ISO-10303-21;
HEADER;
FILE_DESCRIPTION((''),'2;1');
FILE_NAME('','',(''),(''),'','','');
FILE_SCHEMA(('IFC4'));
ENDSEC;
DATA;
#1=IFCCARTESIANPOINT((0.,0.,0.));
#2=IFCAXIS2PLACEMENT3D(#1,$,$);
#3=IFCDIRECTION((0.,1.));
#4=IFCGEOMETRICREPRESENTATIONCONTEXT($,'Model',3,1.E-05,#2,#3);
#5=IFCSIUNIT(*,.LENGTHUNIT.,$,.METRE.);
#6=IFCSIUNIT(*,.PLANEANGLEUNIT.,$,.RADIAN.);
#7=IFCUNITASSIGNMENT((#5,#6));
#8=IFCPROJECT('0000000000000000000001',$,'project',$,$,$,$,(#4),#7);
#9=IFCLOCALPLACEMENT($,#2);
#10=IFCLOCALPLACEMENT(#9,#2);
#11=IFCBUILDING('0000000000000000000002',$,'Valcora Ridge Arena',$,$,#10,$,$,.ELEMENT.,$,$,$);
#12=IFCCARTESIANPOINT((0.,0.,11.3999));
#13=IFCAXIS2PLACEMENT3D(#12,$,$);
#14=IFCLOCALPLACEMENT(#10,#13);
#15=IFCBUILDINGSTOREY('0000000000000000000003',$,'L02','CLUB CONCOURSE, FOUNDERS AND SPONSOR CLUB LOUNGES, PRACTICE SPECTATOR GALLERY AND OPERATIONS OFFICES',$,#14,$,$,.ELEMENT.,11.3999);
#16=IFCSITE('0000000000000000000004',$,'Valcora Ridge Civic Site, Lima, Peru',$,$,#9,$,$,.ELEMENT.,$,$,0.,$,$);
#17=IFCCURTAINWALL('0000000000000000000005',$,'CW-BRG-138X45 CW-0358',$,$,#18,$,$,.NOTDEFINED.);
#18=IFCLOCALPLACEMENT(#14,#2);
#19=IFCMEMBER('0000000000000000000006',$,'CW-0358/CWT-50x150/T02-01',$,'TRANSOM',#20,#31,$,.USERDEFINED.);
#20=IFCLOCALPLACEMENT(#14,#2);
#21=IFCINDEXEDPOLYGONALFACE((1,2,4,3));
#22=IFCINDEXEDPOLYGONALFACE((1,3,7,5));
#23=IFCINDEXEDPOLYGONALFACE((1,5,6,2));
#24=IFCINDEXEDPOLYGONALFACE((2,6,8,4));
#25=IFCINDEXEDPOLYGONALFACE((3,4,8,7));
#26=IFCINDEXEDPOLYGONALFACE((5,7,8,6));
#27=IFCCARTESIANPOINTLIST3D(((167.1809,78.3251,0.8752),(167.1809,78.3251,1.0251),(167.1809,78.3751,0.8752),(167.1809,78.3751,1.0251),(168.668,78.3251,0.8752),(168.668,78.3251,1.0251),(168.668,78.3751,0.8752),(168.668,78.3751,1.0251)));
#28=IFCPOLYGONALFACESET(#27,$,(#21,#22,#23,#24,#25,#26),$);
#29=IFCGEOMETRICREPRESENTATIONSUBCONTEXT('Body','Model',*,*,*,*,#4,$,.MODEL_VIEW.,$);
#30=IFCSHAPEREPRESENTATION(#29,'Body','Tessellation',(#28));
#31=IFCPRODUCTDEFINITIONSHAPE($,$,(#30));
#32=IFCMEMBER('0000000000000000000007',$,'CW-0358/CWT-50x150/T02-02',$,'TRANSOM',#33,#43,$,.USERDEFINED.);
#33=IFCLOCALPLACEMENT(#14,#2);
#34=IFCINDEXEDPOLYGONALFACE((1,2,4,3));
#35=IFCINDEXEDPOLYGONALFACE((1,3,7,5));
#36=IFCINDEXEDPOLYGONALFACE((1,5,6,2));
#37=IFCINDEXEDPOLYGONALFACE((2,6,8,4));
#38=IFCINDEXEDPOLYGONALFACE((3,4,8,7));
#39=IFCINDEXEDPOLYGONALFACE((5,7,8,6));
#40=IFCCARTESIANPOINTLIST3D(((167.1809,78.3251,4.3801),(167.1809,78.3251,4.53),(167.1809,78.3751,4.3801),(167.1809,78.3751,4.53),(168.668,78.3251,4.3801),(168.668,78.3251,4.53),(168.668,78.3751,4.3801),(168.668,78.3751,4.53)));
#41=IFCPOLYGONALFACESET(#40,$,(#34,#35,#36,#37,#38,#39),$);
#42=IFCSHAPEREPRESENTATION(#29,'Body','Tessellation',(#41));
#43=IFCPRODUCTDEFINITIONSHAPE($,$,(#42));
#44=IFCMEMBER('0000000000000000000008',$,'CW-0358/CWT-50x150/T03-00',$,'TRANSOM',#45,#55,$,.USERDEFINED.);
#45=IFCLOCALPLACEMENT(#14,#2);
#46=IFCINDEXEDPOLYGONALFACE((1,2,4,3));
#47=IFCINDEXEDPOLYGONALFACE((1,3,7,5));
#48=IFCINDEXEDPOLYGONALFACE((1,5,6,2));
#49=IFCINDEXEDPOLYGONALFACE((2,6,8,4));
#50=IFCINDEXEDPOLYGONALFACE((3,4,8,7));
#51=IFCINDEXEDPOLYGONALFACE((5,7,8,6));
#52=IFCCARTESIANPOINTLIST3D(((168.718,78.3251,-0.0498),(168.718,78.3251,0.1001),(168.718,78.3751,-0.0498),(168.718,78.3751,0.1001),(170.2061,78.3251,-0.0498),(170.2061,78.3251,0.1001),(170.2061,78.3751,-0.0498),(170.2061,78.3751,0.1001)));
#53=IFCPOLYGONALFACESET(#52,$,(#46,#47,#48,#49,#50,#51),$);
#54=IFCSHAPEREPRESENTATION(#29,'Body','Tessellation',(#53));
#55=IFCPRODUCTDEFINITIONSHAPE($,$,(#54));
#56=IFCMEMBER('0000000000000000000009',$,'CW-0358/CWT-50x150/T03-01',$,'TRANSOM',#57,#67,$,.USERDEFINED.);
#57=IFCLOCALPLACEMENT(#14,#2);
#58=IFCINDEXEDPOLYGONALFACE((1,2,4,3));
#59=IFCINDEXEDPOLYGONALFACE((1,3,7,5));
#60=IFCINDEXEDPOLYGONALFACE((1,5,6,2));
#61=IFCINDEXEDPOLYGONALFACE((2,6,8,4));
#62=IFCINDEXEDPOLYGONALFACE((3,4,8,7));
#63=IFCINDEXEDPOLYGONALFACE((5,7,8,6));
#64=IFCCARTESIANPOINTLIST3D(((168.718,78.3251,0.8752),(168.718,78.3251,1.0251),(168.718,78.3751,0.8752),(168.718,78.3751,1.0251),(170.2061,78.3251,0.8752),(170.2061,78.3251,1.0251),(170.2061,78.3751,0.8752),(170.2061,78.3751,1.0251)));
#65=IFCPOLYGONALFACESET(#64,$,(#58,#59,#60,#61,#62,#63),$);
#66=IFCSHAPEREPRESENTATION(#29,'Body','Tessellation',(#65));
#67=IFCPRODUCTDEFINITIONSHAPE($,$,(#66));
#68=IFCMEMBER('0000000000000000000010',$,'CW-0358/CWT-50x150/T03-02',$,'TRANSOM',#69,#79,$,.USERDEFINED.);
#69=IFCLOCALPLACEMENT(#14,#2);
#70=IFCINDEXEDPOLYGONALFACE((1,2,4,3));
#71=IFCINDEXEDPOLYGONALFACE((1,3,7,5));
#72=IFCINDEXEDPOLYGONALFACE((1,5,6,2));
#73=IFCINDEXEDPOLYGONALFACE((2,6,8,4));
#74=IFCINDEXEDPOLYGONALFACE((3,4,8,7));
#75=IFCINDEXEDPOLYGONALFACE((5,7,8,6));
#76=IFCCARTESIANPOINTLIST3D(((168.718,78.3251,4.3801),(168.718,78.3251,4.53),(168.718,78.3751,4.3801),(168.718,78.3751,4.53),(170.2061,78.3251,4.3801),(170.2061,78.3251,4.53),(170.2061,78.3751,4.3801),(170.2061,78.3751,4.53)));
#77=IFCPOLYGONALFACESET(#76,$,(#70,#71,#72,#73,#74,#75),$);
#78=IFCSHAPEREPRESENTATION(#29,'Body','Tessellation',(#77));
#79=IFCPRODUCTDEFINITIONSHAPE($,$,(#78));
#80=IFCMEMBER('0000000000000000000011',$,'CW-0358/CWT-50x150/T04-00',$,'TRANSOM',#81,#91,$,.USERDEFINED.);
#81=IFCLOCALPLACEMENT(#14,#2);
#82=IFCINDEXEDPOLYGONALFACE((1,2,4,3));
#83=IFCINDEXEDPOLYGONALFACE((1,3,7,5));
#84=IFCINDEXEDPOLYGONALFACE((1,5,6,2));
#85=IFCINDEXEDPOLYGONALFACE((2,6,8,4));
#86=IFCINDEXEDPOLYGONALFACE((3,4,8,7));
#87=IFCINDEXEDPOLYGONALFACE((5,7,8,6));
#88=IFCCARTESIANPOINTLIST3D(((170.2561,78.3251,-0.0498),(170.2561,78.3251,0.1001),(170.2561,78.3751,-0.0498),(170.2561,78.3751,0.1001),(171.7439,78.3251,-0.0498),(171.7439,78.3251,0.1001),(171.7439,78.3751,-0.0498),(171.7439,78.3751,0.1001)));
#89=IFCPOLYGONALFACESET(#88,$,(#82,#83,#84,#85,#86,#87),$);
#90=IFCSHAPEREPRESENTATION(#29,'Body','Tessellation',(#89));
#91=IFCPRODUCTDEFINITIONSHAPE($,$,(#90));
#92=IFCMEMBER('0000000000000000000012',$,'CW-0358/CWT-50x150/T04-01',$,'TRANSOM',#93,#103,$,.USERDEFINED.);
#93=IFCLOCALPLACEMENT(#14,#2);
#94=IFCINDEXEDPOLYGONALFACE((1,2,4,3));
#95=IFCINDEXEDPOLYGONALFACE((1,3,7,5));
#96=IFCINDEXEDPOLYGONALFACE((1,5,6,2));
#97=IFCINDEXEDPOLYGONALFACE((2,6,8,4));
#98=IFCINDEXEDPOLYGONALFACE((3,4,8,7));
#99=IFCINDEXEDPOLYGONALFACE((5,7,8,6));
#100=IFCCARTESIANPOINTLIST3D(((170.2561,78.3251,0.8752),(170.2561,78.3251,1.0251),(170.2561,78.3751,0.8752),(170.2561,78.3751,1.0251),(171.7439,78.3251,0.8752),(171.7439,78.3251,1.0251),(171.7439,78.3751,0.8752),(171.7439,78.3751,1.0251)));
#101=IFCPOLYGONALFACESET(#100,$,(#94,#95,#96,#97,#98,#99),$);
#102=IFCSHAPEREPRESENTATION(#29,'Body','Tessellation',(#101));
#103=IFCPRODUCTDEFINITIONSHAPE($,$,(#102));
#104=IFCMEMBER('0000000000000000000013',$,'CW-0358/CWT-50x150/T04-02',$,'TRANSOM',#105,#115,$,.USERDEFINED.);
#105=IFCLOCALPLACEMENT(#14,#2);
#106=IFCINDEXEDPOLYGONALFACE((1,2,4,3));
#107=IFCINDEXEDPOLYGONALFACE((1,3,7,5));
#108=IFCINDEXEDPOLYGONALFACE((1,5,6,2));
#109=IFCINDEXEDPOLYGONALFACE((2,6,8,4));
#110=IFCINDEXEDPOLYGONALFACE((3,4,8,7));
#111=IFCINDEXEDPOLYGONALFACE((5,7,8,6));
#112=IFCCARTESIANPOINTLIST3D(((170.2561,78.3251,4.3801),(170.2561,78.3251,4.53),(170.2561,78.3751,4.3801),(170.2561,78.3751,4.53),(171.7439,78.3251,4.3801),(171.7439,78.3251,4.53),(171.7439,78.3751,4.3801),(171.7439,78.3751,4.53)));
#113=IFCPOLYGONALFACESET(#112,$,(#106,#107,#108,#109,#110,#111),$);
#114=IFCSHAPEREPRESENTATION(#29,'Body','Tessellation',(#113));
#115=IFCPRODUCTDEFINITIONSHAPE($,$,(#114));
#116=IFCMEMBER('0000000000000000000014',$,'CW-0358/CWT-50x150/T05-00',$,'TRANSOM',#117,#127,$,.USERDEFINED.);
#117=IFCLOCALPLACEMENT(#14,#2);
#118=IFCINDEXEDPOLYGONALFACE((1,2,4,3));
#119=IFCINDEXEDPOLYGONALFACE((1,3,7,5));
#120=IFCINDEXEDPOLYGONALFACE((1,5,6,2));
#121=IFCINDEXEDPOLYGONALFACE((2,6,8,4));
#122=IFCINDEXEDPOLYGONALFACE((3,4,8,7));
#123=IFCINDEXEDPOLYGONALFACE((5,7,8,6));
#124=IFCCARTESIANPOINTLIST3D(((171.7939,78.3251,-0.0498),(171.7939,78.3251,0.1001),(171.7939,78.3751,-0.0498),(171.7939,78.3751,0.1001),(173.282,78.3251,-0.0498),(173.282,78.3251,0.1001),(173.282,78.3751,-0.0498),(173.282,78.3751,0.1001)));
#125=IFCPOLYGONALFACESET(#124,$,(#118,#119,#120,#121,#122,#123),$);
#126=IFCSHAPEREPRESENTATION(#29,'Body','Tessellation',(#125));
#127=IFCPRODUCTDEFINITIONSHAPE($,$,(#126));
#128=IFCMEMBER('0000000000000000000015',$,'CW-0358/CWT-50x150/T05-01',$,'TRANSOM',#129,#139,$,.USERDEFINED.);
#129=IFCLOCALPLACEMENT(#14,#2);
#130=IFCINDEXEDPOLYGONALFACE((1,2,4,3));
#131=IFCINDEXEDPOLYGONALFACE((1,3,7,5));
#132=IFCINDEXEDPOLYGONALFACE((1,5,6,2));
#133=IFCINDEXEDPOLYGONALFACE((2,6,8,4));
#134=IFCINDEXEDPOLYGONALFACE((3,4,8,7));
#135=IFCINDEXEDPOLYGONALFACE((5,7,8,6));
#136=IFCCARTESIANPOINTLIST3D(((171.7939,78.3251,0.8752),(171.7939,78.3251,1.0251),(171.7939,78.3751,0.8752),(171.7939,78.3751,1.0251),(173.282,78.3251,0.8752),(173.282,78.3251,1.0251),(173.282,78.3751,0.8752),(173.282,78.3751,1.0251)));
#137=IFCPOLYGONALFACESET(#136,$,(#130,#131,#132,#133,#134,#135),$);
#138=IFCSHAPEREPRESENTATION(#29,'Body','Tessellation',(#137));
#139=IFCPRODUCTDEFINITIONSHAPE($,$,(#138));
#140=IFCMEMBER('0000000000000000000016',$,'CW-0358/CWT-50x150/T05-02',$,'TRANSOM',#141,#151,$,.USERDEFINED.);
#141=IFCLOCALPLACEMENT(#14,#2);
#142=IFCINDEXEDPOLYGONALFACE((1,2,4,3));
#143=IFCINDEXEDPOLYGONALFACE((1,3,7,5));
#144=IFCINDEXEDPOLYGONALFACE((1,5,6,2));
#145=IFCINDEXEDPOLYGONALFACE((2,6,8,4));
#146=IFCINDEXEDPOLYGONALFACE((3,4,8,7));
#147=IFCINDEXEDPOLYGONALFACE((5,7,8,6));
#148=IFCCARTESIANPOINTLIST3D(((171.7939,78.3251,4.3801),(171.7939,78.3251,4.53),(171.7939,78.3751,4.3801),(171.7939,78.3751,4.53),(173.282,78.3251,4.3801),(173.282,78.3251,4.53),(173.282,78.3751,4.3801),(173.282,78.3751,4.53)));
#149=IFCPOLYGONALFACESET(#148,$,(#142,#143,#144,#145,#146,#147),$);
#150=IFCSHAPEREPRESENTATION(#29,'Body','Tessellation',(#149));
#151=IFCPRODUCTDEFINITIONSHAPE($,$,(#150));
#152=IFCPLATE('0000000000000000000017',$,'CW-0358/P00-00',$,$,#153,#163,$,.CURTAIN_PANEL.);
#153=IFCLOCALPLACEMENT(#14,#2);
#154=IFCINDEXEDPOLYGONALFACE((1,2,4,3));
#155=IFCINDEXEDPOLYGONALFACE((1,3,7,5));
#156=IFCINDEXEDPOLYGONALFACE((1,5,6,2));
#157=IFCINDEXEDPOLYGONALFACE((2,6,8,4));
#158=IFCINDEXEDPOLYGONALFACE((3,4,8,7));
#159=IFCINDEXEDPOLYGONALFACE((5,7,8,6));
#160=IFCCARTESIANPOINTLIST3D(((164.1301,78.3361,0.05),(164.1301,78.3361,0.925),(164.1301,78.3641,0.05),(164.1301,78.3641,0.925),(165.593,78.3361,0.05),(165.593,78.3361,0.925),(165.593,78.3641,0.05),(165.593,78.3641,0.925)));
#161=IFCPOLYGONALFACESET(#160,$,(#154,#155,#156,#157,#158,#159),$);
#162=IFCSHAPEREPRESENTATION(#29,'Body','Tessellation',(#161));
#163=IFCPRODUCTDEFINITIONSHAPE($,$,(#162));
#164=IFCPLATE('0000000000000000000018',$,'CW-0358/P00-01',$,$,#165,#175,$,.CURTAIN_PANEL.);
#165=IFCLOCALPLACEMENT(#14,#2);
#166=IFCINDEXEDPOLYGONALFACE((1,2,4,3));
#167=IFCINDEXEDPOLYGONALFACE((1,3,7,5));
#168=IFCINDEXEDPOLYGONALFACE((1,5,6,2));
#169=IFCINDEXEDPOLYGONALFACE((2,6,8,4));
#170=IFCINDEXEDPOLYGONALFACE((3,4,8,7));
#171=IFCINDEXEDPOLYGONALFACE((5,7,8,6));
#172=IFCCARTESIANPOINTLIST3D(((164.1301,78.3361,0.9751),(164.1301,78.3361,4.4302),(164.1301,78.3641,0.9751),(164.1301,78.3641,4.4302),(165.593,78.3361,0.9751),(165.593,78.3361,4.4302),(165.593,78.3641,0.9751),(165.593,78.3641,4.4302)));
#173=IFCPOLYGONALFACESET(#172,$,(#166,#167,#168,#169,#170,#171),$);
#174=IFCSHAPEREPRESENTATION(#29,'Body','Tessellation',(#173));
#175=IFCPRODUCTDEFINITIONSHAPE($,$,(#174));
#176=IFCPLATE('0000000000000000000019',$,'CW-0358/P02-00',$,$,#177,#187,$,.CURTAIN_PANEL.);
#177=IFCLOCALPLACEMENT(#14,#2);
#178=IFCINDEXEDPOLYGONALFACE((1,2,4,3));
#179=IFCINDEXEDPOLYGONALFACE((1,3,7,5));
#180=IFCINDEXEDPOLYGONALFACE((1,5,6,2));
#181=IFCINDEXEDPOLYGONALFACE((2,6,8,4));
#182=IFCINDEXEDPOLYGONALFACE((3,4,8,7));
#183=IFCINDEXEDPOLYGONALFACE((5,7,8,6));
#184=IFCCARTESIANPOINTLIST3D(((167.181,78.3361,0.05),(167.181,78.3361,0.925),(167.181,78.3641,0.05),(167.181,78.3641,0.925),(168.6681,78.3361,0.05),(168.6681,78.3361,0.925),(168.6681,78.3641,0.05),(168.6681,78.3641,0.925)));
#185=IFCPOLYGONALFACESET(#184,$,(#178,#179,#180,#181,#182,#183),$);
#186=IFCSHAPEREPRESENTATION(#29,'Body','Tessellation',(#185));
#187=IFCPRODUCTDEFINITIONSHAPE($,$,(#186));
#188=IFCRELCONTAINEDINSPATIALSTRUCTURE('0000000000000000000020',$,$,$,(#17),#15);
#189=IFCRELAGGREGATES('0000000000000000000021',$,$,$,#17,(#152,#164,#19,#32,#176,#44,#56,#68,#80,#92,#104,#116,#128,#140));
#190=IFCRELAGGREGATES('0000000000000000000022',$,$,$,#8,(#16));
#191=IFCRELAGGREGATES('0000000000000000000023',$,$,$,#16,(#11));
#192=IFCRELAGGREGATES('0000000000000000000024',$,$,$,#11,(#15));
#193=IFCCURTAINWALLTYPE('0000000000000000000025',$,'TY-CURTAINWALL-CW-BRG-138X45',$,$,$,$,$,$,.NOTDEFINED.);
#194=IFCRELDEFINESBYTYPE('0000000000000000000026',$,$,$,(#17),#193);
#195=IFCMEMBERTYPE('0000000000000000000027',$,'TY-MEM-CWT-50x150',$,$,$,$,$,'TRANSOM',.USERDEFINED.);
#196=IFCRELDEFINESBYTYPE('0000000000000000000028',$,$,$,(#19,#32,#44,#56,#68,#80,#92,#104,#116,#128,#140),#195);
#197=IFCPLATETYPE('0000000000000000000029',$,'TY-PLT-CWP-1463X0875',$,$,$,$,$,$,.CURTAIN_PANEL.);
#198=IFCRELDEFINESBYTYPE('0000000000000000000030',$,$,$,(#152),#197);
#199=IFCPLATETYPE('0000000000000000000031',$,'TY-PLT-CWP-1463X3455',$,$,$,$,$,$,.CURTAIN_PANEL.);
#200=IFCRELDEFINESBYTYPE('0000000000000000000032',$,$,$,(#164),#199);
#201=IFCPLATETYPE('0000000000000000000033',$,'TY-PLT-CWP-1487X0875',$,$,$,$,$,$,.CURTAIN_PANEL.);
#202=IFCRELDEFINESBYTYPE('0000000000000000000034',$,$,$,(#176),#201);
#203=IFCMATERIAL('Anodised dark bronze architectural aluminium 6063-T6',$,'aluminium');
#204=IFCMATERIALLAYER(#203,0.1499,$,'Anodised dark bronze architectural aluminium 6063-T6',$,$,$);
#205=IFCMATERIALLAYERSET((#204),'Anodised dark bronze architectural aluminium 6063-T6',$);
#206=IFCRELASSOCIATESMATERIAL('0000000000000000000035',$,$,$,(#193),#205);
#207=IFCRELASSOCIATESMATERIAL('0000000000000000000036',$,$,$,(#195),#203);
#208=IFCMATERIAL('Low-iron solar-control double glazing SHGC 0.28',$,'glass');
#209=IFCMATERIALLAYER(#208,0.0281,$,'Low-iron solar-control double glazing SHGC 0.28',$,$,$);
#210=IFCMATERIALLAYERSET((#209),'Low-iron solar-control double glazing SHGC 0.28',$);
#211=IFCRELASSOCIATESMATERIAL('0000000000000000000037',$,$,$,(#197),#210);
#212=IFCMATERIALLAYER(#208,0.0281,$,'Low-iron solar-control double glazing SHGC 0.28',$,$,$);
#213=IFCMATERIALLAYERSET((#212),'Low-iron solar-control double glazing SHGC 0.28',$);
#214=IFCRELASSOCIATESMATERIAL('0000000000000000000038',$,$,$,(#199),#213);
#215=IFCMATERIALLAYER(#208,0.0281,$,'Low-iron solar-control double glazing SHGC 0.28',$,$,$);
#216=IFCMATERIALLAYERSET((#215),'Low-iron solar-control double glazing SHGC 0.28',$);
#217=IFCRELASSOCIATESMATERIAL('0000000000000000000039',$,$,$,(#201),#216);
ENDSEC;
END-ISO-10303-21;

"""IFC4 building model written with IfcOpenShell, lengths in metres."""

from ifc_helpers import new_model, si_unit, direction, frame, origin, origin_2d, place, context, subcontext, project, spatial, rectangle, extrude, material, layer, layer_set, material_profile, profile_set, type_object, element, aggregate, save


model = new_model("IFC4")

# Units and contexts
model_context = context("Model", 3, precision=1e-05, world=origin(), true_north=direction((0.0, 1.0)))
body_context = subcontext(model_context, "Body", "Model", "MODEL_VIEW")
ifc_project = project(units=[si_unit("LENGTHUNIT", "METRE"), si_unit("PLANEANGLEUNIT", "RADIAN")], contexts=[model_context])

# Site, building, storey
site_placement = place(None, origin())
site = spatial("IfcSite", under=ifc_project, at=site_placement, Name="Valcora Ridge Civic Site, Lima, Peru", CompositionType="ELEMENT", RefElevation=0.0)
building_placement = place(site_placement, origin())
building = spatial("IfcBuilding", under=site, at=building_placement, Name="Valcora Ridge Arena", CompositionType="ELEMENT")
storey_placement = place(building_placement, frame((0.0, 0.0, 11.3999)))
storey = spatial("IfcBuildingStorey", under=building, at=storey_placement, Name="L02", Description="CLUB CONCOURSE, FOUNDERS AND SPONSOR CLUB LOUNGES, PRACTICE SPECTATOR GALLERY AND OPERATIONS OFFICES", CompositionType="ELEMENT", Elevation=11.3999)

# Curtain wall
ifc_material_1 = material(Name="Anodised dark bronze architectural aluminium 6063-T6", Category="aluminium")
ifc_layer_1 = layer(ifc_material_1, 0.1499, Name="Anodised dark bronze architectural aluminium 6063-T6")
ifc_layer_set_1 = layer_set([ifc_layer_1], Name="Anodised dark bronze architectural aluminium 6063-T6")
curtain_wall_type_1 = type_object("IfcCurtainWallType", Name="TY-CURTAINWALL-CW-BRG-138X45", PredefinedType="NOTDEFINED", material=ifc_layer_set_1)
curtain_wall_1_placement = place(storey_placement, origin())
curtain_wall_1 = element("IfcCurtainWall", 1, at=curtain_wall_1_placement, inside=storey, type_object=curtain_wall_type_1, Name="CW-BRG-138X45 CW-0358", PredefinedType="NOTDEFINED")

# Members
ifc_material_profile_1 = material_profile(ifc_material_1, rectangle(XDim=0.05, YDim=0.1499, at=origin_2d()), Name="ALU TRANSOM 50x150")
ifc_profile_set_1 = profile_set([ifc_material_profile_1], Name="Anodised dark bronze architectural aluminium 6063-T6")
member_type_1 = type_object("IfcMemberType", Name="TY-MEM-CWT-50x150", ElementType="TRANSOM", PredefinedType="USERDEFINED", material=ifc_profile_set_1)
member_1_placement = place(storey_placement, frame((167.1809, 78.3501, 0.9502), z_axis=(1.0, 0.0, 0.0), x_axis=(0.0, 1.0, 0.0)))
member_1 = element("IfcMember", 2, at=member_1_placement, type_object=member_type_1, Name="CW-0358/CWT-50x150/T02-01", ObjectType="TRANSOM", PredefinedType="USERDEFINED", context=body_context, shape_type="SweptSolid", body=[
    extrude(rectangle(XDim=0.05, YDim=0.1499, at=origin_2d()), origin(), (0.0, 0.0, 1.0), 1.4871),
])
member_2_placement = place(storey_placement, frame((167.1809, 78.3501, 4.4551), z_axis=(1.0, 0.0, 0.0), x_axis=(0.0, 1.0, 0.0)))
member_2 = element("IfcMember", 3, at=member_2_placement, type_object=member_type_1, Name="CW-0358/CWT-50x150/T02-02", ObjectType="TRANSOM", PredefinedType="USERDEFINED", context=body_context, shape_type="SweptSolid", body=[
    extrude(rectangle(XDim=0.05, YDim=0.1499, at=origin_2d()), origin(), (0.0, 0.0, 1.0), 1.4871),
])
member_3_placement = place(storey_placement, frame((168.718, 78.3501, 0.0251), z_axis=(1.0, 0.0, 0.0), x_axis=(0.0, 1.0, 0.0)))
member_3 = element("IfcMember", 4, at=member_3_placement, type_object=member_type_1, Name="CW-0358/CWT-50x150/T03-00", ObjectType="TRANSOM", PredefinedType="USERDEFINED", context=body_context, shape_type="SweptSolid", body=[
    extrude(rectangle(XDim=0.05, YDim=0.1499, at=origin_2d()), origin(), (0.0, 0.0, 1.0), 1.488),
])
member_4_placement = place(storey_placement, frame((168.718, 78.3501, 0.9502), z_axis=(1.0, 0.0, 0.0), x_axis=(0.0, 1.0, 0.0)))
member_4 = element("IfcMember", 5, at=member_4_placement, type_object=member_type_1, Name="CW-0358/CWT-50x150/T03-01", ObjectType="TRANSOM", PredefinedType="USERDEFINED", context=body_context, shape_type="SweptSolid", body=[
    extrude(rectangle(XDim=0.05, YDim=0.1499, at=origin_2d()), origin(), (0.0, 0.0, 1.0), 1.488),
])
member_5_placement = place(storey_placement, frame((168.718, 78.3501, 4.4551), z_axis=(1.0, 0.0, 0.0), x_axis=(0.0, 1.0, 0.0)))
member_5 = element("IfcMember", 6, at=member_5_placement, type_object=member_type_1, Name="CW-0358/CWT-50x150/T03-02", ObjectType="TRANSOM", PredefinedType="USERDEFINED", context=body_context, shape_type="SweptSolid", body=[
    extrude(rectangle(XDim=0.05, YDim=0.1499, at=origin_2d()), origin(), (0.0, 0.0, 1.0), 1.488),
])
member_6_placement = place(storey_placement, frame((170.2561, 78.3501, 0.0251), z_axis=(1.0, 0.0, 0.0), x_axis=(0.0, 1.0, 0.0)))
member_6 = element("IfcMember", 7, at=member_6_placement, type_object=member_type_1, Name="CW-0358/CWT-50x150/T04-00", ObjectType="TRANSOM", PredefinedType="USERDEFINED", context=body_context, shape_type="SweptSolid", body=[
    extrude(rectangle(XDim=0.05, YDim=0.1499, at=origin_2d()), origin(), (0.0, 0.0, 1.0), 1.4878),
])
member_7_placement = place(storey_placement, frame((170.2561, 78.3501, 0.9502), z_axis=(1.0, 0.0, 0.0), x_axis=(0.0, 1.0, 0.0)))
member_7 = element("IfcMember", 8, at=member_7_placement, type_object=member_type_1, Name="CW-0358/CWT-50x150/T04-01", ObjectType="TRANSOM", PredefinedType="USERDEFINED", context=body_context, shape_type="SweptSolid", body=[
    extrude(rectangle(XDim=0.05, YDim=0.1499, at=origin_2d()), origin(), (0.0, 0.0, 1.0), 1.4878),
])
member_8_placement = place(storey_placement, frame((170.2561, 78.3501, 4.4551), z_axis=(1.0, 0.0, 0.0), x_axis=(0.0, 1.0, 0.0)))
member_8 = element("IfcMember", 9, at=member_8_placement, type_object=member_type_1, Name="CW-0358/CWT-50x150/T04-02", ObjectType="TRANSOM", PredefinedType="USERDEFINED", context=body_context, shape_type="SweptSolid", body=[
    extrude(rectangle(XDim=0.05, YDim=0.1499, at=origin_2d()), origin(), (0.0, 0.0, 1.0), 1.4878),
])
member_9_placement = place(storey_placement, frame((171.7939, 78.3501, 0.0251), z_axis=(1.0, 0.0, 0.0), x_axis=(0.0, 1.0, 0.0)))
member_9 = element("IfcMember", 10, at=member_9_placement, type_object=member_type_1, Name="CW-0358/CWT-50x150/T05-00", ObjectType="TRANSOM", PredefinedType="USERDEFINED", context=body_context, shape_type="SweptSolid", body=[
    extrude(rectangle(XDim=0.05, YDim=0.1499, at=origin_2d()), origin(), (0.0, 0.0, 1.0), 1.488),
])
member_10_placement = place(storey_placement, frame((171.7939, 78.3501, 0.9502), z_axis=(1.0, 0.0, 0.0), x_axis=(0.0, 1.0, 0.0)))
member_10 = element("IfcMember", 11, at=member_10_placement, type_object=member_type_1, Name="CW-0358/CWT-50x150/T05-01", ObjectType="TRANSOM", PredefinedType="USERDEFINED", context=body_context, shape_type="SweptSolid", body=[
    extrude(rectangle(XDim=0.05, YDim=0.1499, at=origin_2d()), origin(), (0.0, 0.0, 1.0), 1.488),
])
member_11_placement = place(storey_placement, frame((171.7939, 78.3501, 4.4551), z_axis=(1.0, 0.0, 0.0), x_axis=(0.0, 1.0, 0.0)))
member_11 = element("IfcMember", 12, at=member_11_placement, type_object=member_type_1, Name="CW-0358/CWT-50x150/T05-02", ObjectType="TRANSOM", PredefinedType="USERDEFINED", context=body_context, shape_type="SweptSolid", body=[
    extrude(rectangle(XDim=0.05, YDim=0.1499, at=origin_2d()), origin(), (0.0, 0.0, 1.0), 1.488),
])

# Plates
ifc_material_2 = material(Name="Low-iron solar-control double glazing SHGC 0.28", Category="glass")
ifc_layer_2 = layer(ifc_material_2, 0.0281, Name="Low-iron solar-control double glazing SHGC 0.28")
ifc_layer_set_2 = layer_set([ifc_layer_2], Name="Low-iron solar-control double glazing SHGC 0.28")
plate_type_1 = type_object("IfcPlateType", Name="TY-PLT-CWP-1463X0875", PredefinedType="CURTAIN_PANEL", material=ifc_layer_set_2)
plate_1_placement = place(storey_placement, frame((164.8616, 78.3501, 0.05), z_axis=(0.0, 0.0, 1.0), x_axis=(1.0, 0.0, 0.0)))
plate_1 = element("IfcPlate", 13, at=plate_1_placement, type_object=plate_type_1, Name="CW-0358/P00-00", PredefinedType="CURTAIN_PANEL", context=body_context, shape_type="SweptSolid", body=[
    extrude(rectangle(XDim=1.4629, YDim=0.0281, at=origin_2d()), origin(), (0.0, 0.0, 1.0), 0.875),
])
ifc_layer_3 = layer(ifc_material_2, 0.0281, Name="Low-iron solar-control double glazing SHGC 0.28")
ifc_layer_set_3 = layer_set([ifc_layer_3], Name="Low-iron solar-control double glazing SHGC 0.28")
plate_type_2 = type_object("IfcPlateType", Name="TY-PLT-CWP-1463X3455", PredefinedType="CURTAIN_PANEL", material=ifc_layer_set_3)
plate_2_placement = place(storey_placement, frame((164.8616, 78.3501, 0.9751), z_axis=(0.0, 0.0, 1.0), x_axis=(1.0, 0.0, 0.0)))
plate_2 = element("IfcPlate", 14, at=plate_2_placement, type_object=plate_type_2, Name="CW-0358/P00-01", PredefinedType="CURTAIN_PANEL", context=body_context, shape_type="SweptSolid", body=[
    extrude(rectangle(XDim=1.4629, YDim=0.0281, at=origin_2d()), origin(), (0.0, 0.0, 1.0), 3.4551),
])
ifc_layer_4 = layer(ifc_material_2, 0.0281, Name="Low-iron solar-control double glazing SHGC 0.28")
ifc_layer_set_4 = layer_set([ifc_layer_4], Name="Low-iron solar-control double glazing SHGC 0.28")
plate_type_3 = type_object("IfcPlateType", Name="TY-PLT-CWP-1487X0875", PredefinedType="CURTAIN_PANEL", material=ifc_layer_set_4)
plate_3_placement = place(storey_placement, frame((167.9246, 78.3501, 0.05), z_axis=(0.0, 0.0, 1.0), x_axis=(1.0, 0.0, 0.0)))
plate_3 = element("IfcPlate", 15, at=plate_3_placement, type_object=plate_type_3, Name="CW-0358/P02-00", PredefinedType="CURTAIN_PANEL", context=body_context, shape_type="SweptSolid", body=[
    extrude(rectangle(XDim=1.4871, YDim=0.0281, at=origin_2d()), origin(), (0.0, 0.0, 1.0), 0.875),
])
aggregate(curtain_wall_1, [plate_1, plate_2, member_1, member_2, plate_3, member_3, member_4, member_5, member_6, member_7, member_8, member_9, member_10, member_11])

save(model, "model.ifc")
